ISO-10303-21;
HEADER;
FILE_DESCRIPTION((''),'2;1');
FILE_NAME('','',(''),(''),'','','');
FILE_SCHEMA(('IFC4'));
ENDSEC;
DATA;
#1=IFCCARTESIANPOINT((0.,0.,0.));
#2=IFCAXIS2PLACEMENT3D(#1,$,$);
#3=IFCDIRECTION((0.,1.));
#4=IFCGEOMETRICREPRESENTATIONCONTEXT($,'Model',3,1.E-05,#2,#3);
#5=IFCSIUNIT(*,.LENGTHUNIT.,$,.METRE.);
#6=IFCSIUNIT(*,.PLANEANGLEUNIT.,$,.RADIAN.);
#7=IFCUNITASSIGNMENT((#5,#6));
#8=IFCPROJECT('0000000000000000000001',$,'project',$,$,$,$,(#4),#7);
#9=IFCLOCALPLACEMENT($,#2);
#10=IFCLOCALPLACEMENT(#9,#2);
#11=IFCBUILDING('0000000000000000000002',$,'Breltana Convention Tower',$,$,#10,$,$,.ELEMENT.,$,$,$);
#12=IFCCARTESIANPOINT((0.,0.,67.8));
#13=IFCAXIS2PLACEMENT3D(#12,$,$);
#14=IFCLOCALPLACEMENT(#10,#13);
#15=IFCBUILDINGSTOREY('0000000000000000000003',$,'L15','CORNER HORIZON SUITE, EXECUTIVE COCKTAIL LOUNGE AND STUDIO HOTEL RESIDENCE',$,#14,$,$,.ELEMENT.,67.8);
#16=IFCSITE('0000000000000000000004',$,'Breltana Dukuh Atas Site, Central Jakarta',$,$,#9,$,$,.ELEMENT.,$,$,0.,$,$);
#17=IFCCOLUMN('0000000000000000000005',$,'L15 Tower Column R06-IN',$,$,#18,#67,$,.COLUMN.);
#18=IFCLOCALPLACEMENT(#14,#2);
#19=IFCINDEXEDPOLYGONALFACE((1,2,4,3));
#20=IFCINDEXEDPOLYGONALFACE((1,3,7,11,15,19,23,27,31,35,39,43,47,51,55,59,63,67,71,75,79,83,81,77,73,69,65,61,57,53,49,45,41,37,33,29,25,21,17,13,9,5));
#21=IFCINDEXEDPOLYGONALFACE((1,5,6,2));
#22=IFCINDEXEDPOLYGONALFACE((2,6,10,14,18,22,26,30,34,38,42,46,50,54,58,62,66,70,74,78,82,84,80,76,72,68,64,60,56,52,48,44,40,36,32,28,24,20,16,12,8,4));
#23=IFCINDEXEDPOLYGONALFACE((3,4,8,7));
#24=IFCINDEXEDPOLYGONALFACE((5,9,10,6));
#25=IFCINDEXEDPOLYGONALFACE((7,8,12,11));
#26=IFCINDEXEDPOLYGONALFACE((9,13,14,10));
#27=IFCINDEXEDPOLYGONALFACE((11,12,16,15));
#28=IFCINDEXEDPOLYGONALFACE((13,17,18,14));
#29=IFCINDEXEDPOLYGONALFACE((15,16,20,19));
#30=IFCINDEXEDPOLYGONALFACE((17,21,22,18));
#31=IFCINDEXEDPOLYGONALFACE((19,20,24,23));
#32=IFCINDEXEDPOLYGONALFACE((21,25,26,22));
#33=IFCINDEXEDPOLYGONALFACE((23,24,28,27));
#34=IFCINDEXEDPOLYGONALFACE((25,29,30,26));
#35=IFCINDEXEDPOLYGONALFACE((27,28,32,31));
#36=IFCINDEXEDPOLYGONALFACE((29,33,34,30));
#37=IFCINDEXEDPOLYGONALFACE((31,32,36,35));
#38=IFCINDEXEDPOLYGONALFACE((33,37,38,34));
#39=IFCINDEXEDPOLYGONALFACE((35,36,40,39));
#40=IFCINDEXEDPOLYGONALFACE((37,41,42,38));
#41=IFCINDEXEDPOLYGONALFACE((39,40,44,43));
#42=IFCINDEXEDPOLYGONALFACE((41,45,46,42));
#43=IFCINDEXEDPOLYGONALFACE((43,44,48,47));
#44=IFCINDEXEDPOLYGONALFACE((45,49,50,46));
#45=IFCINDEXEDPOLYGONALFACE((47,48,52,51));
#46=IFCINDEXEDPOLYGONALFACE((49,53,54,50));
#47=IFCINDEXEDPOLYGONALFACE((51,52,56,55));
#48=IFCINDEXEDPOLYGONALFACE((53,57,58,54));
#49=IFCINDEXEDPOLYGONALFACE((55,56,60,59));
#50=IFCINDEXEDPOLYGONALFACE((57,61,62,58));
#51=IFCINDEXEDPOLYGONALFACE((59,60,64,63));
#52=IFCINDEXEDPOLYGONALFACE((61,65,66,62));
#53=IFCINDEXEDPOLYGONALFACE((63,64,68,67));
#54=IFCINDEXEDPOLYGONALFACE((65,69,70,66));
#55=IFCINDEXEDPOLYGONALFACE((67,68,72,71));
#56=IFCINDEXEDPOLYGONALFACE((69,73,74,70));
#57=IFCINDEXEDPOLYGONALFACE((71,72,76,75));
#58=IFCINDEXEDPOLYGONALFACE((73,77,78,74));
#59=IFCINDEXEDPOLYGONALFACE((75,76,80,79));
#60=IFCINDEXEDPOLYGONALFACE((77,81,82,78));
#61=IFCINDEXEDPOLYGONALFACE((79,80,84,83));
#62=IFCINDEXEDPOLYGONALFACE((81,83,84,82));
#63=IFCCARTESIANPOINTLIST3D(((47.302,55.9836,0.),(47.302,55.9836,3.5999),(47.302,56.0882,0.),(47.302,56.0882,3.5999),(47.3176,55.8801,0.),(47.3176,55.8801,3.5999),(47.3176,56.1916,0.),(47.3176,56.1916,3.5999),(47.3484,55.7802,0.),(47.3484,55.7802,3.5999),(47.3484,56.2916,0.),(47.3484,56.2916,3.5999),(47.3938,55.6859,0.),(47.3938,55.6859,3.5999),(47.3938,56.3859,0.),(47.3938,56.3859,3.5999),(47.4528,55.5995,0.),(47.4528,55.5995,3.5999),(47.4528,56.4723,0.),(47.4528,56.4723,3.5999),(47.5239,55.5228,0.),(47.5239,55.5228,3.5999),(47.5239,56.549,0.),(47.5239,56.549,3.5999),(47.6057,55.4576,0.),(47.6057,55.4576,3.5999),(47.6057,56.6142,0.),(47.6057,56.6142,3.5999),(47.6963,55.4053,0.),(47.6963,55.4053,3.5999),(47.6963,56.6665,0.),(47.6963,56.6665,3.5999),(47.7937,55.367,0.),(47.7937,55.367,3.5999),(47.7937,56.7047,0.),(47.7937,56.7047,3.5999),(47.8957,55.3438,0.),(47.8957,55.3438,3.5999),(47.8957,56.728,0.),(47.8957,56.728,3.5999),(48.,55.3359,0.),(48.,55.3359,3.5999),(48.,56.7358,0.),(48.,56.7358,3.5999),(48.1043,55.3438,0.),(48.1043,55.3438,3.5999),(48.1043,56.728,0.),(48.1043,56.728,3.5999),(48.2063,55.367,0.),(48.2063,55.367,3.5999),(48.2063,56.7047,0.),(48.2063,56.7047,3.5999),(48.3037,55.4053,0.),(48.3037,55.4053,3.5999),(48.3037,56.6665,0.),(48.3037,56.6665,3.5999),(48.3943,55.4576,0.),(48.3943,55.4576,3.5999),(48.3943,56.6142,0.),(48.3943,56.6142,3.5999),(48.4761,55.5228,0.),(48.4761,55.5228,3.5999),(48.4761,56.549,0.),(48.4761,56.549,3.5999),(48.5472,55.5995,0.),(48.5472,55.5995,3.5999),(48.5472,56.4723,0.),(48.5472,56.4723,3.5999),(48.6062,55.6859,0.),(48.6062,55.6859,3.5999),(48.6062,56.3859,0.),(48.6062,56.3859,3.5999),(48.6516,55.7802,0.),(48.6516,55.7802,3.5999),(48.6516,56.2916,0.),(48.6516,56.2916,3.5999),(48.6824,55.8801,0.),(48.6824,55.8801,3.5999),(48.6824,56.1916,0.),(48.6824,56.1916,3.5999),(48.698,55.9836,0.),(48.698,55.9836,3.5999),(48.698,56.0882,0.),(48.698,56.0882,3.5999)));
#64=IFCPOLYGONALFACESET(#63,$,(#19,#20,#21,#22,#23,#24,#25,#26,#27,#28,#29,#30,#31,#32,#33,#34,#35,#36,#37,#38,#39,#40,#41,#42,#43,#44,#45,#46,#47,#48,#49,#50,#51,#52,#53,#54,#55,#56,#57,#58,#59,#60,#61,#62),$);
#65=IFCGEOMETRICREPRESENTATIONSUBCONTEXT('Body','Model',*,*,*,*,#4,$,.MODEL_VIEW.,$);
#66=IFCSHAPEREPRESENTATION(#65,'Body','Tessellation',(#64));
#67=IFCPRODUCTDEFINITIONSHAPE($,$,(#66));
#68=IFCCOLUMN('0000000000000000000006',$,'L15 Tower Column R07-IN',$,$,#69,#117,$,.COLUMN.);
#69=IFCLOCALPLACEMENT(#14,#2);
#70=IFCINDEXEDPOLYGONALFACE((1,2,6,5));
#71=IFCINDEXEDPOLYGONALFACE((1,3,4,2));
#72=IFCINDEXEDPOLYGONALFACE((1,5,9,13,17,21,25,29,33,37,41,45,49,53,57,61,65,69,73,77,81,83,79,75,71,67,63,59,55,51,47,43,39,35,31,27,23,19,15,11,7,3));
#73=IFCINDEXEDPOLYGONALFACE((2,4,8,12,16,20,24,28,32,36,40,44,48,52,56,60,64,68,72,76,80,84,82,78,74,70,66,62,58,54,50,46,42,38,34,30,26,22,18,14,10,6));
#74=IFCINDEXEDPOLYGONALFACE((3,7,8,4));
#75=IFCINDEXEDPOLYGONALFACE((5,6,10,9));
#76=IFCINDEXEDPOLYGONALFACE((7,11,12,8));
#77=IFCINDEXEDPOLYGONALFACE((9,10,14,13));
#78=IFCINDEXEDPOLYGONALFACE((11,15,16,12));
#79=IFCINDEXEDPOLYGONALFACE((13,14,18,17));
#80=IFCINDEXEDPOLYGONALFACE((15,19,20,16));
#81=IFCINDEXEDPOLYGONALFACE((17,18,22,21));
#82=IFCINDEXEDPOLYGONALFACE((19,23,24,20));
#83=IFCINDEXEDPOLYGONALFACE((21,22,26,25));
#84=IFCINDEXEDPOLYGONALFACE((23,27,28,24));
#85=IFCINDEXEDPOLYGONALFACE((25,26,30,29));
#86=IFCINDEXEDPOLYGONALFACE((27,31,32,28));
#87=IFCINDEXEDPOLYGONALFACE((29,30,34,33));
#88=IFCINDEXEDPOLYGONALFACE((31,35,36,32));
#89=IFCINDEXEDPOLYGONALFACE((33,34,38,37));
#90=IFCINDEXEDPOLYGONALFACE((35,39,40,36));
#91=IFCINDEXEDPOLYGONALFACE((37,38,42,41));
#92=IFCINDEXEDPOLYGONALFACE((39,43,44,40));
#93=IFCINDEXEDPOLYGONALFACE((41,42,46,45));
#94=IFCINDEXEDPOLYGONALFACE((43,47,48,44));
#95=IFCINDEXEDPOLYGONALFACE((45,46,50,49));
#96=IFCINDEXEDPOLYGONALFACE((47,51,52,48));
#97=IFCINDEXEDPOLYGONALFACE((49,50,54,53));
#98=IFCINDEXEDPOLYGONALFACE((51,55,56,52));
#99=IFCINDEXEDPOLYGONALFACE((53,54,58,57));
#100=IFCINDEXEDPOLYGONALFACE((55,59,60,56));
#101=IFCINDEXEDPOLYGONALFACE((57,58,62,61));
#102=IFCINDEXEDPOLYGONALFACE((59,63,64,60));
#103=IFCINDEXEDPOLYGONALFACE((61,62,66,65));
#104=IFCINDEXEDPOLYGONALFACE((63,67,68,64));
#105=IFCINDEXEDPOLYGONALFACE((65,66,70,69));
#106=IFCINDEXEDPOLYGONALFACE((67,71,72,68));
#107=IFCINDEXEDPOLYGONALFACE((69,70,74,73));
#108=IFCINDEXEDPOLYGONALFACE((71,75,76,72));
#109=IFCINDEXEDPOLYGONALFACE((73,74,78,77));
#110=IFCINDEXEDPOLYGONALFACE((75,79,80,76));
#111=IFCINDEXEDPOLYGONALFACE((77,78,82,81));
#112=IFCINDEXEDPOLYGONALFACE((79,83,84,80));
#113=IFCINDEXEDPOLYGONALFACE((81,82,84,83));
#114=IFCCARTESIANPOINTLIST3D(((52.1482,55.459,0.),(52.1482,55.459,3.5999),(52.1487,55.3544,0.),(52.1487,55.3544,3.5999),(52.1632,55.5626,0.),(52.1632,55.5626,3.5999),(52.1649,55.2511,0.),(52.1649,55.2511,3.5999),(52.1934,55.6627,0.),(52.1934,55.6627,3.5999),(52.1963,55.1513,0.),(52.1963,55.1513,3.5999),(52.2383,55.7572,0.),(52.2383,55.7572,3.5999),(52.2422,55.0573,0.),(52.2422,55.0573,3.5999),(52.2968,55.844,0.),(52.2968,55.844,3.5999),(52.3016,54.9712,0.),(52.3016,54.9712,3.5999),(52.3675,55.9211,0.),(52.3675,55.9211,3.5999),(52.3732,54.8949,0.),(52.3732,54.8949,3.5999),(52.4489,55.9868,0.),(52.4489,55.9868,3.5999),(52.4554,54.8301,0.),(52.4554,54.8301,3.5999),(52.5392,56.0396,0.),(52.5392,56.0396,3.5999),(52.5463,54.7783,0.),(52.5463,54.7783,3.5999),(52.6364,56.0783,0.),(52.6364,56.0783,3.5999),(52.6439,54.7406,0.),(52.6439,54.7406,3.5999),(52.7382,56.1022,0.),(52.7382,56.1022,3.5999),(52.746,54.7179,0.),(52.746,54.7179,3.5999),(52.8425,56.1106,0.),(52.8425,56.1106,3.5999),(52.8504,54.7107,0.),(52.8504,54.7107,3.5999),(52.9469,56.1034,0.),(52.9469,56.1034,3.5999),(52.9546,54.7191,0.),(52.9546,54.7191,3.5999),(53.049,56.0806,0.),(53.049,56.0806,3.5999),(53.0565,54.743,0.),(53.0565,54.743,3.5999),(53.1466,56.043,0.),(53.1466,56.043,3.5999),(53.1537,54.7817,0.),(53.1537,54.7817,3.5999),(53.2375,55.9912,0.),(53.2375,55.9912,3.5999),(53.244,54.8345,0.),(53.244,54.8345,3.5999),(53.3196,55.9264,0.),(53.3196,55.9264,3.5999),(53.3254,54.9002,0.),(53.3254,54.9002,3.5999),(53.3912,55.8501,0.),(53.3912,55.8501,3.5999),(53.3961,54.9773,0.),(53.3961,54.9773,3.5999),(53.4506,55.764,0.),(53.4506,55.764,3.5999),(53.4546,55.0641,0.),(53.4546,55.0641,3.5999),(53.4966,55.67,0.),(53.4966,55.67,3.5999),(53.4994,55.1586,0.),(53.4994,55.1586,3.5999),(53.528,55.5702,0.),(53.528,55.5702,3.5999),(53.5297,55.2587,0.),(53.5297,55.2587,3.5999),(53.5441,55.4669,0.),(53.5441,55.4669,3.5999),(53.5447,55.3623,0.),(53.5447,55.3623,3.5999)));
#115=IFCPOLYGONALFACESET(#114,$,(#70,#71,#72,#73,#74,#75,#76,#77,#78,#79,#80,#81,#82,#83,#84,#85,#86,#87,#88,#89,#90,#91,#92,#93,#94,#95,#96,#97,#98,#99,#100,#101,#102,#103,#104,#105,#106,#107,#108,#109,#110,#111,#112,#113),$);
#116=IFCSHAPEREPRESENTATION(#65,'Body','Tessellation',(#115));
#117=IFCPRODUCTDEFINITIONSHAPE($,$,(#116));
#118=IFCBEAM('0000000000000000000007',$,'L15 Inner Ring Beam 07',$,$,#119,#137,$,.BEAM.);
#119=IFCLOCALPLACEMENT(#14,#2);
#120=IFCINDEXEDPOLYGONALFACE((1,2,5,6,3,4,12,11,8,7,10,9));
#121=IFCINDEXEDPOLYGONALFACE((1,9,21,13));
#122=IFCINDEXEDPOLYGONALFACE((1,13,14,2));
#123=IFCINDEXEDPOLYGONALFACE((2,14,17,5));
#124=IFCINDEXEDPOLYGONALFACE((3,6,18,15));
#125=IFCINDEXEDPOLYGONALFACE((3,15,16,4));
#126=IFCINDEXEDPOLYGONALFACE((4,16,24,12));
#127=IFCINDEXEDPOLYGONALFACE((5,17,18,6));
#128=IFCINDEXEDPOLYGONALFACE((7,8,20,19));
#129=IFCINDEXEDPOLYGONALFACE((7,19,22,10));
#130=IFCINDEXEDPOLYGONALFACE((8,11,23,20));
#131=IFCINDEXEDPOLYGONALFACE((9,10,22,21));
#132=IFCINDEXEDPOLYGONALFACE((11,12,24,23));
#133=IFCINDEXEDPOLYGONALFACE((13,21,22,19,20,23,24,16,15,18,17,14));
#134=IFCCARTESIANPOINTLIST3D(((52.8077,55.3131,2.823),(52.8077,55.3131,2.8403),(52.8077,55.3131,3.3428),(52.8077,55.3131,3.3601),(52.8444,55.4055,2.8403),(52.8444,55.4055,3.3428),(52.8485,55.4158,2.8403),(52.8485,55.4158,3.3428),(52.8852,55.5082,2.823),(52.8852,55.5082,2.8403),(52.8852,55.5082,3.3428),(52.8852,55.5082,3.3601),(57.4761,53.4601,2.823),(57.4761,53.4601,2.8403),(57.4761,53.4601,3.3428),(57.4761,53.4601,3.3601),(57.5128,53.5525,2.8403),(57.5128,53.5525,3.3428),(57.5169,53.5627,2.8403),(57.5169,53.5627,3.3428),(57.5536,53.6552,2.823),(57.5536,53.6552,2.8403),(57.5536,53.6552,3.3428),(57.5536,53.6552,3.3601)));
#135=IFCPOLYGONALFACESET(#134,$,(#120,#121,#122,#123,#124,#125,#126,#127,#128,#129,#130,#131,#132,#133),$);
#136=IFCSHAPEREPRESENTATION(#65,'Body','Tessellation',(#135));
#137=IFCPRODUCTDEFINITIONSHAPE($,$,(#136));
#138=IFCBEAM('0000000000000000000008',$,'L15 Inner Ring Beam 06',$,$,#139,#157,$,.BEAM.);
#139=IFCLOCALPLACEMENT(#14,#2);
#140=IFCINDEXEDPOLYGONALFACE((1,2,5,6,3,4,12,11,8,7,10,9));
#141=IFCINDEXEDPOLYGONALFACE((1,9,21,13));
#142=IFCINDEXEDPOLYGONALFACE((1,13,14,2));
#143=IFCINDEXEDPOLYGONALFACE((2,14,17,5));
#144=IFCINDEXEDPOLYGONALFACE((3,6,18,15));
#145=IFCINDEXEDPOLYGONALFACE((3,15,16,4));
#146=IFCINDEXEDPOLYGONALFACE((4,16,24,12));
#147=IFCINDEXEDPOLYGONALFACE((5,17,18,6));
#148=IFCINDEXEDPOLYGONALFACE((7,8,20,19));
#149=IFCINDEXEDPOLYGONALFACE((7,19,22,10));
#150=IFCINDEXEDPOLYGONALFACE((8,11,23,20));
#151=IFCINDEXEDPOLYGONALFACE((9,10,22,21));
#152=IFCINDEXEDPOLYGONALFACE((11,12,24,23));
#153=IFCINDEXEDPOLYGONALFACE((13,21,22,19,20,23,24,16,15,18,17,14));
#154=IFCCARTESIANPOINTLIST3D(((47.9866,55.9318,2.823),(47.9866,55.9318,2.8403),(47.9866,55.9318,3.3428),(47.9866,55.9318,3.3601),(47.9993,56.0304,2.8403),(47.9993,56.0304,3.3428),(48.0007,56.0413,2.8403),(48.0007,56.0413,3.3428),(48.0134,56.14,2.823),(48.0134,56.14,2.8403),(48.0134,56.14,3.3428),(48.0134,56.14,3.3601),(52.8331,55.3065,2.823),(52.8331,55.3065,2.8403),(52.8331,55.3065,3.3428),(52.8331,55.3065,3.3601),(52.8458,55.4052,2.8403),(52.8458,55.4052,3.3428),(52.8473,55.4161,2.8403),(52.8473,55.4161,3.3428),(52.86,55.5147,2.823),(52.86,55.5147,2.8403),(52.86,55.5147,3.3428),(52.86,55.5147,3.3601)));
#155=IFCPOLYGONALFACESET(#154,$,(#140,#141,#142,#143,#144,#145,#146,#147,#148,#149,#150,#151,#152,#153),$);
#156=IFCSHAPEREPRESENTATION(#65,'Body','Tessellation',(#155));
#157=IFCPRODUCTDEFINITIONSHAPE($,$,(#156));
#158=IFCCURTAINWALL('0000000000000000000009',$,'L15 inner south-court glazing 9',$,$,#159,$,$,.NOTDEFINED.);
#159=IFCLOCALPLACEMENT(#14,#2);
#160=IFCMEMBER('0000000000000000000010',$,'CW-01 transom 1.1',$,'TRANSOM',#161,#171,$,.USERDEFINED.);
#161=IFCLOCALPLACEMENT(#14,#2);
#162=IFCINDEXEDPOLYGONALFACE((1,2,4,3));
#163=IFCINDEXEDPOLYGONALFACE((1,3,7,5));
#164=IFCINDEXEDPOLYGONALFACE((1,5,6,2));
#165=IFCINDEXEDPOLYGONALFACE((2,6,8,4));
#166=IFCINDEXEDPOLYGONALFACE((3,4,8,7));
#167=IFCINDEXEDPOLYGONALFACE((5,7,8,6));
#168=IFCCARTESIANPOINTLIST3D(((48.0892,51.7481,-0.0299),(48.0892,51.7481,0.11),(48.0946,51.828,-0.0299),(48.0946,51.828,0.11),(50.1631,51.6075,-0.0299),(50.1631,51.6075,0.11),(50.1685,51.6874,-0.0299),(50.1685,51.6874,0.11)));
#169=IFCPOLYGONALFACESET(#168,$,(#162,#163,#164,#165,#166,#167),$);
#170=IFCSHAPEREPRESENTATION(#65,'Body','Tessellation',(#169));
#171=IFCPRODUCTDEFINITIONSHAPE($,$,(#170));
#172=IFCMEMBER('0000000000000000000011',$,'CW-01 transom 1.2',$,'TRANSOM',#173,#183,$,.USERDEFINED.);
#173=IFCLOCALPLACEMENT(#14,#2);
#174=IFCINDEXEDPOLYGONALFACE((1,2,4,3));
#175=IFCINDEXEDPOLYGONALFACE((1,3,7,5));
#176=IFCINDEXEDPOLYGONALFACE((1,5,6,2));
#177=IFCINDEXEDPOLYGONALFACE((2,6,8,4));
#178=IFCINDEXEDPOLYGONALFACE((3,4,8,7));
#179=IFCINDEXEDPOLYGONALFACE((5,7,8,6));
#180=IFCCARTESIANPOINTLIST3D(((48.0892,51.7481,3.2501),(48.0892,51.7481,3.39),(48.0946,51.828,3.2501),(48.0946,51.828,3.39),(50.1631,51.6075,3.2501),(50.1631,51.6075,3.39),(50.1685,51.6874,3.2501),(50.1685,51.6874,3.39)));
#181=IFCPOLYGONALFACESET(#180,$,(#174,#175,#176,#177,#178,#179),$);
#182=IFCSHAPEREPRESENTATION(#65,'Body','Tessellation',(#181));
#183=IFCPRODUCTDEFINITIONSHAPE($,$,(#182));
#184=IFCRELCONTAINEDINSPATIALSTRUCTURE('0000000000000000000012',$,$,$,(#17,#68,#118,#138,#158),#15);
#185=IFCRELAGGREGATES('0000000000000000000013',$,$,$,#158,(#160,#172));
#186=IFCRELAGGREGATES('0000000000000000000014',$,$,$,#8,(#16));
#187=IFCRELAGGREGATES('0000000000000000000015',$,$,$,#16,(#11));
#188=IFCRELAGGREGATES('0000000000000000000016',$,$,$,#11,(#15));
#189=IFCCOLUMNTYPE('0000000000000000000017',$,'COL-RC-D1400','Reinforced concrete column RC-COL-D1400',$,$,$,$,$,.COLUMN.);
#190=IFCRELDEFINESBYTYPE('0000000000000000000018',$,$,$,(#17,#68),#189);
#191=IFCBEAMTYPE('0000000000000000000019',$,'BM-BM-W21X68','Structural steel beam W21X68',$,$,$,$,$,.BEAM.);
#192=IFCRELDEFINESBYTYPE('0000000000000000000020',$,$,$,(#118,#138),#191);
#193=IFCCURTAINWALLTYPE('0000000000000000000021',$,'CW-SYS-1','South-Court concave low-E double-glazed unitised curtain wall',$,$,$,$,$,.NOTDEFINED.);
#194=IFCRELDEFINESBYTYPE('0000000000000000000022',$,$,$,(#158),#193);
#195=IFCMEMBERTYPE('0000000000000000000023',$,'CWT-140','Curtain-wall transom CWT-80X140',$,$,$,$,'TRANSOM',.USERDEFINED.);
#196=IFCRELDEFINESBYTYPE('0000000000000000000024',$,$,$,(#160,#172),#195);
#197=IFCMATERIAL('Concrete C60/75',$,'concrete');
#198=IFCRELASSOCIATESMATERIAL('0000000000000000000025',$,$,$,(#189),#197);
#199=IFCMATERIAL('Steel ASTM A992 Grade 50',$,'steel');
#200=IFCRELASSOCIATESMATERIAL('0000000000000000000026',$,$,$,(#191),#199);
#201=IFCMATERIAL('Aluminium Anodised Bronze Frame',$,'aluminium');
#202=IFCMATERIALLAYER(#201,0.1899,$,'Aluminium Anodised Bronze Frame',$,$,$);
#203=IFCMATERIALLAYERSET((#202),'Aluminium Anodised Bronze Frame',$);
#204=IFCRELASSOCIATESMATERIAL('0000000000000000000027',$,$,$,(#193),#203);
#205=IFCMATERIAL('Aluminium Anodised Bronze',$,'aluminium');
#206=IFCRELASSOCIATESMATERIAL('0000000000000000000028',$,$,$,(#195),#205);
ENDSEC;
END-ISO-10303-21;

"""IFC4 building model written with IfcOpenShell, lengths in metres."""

from ifc_helpers import new_model, si_unit, direction, frame, origin, origin_2d, place, context, subcontext, project, spatial, rectangle, circle, i_section, extrude, source, transform, mapped, material, layer, layer_set, material_profile, profile_set, type_object, element, aggregate, save


model = new_model("IFC4")

# Units and contexts
model_context = context("Model", 3, precision=1e-05, world=origin(), true_north=direction((0.0, 1.0)))
body_context = subcontext(model_context, "Body", "Model", "MODEL_VIEW")
ifc_project = project(units=[si_unit("LENGTHUNIT", "METRE"), si_unit("PLANEANGLEUNIT", "RADIAN")], contexts=[model_context])

# Site, building, storey
site_placement = place(None, origin())
site = spatial("IfcSite", under=ifc_project, at=site_placement, Name="Breltana Dukuh Atas Site, Central Jakarta", CompositionType="ELEMENT", RefElevation=0.0)
building_placement = place(site_placement, origin())
building = spatial("IfcBuilding", under=site, at=building_placement, Name="Breltana Convention Tower", CompositionType="ELEMENT")
storey_placement = place(building_placement, frame((0.0, 0.0, 67.8)))
storey = spatial("IfcBuildingStorey", under=building, at=storey_placement, Name="L15", Description="CORNER HORIZON SUITE, EXECUTIVE COCKTAIL LOUNGE AND STUDIO HOTEL RESIDENCE", CompositionType="ELEMENT", Elevation=67.8)

# Columns
ifc_material_1 = material(Name="Concrete C60/75", Category="concrete")
ifc_material_profile_1 = material_profile(ifc_material_1, circle(Radius=0.7, at=origin_2d()), Name="RC-COL-D1400")
ifc_profile_set_1 = profile_set([ifc_material_profile_1], Name="Concrete C60/75")
column_type = type_object("IfcColumnType", Name="COL-RC-D1400", Description="Reinforced concrete column RC-COL-D1400", PredefinedType="COLUMN", material=ifc_profile_set_1)
shared_shape_1 = source(origin(), body_context, "Body", "SweptSolid", [
    extrude(circle(Radius=0.7, at=origin_2d()), origin(), (0.0, 0.0, 1.0), 3.5999),
])
for number, where, z_axis, x_axis, name in (
    (1, (48.0, 56.0359, 0.0), (0.0, 0.0, 1.0), (0.0, 1.0, 0.0), "L15 Tower Column R06-IN"),
    (2, (52.8464, 55.4106, 0.0), (0.0, 0.0, 1.0), (0.143493, 0.989651, 0.0), "L15 Tower Column R07-IN"),
):
    element("IfcColumn", number, at=place(storey_placement, frame(where, z_axis=z_axis, x_axis=x_axis)), inside=storey, type_object=column_type, Name=name, PredefinedType="COLUMN", context=body_context, shape_type="MappedRepresentation", body=[
        mapped(shared_shape_1, transform((0.0, 0.0, 0.0), scale=1.0)),
    ])

# Beams
ifc_material_2 = material(Name="Steel ASTM A992 Grade 50", Category="steel")
ifc_material_profile_2 = material_profile(ifc_material_2, i_section(OverallWidth=0.21, OverallDepth=0.5371, WebThickness=0.011, FlangeThickness=0.0173, at=origin_2d()), Name="W21X68")
ifc_profile_set_2 = profile_set([ifc_material_profile_2], Name="Steel ASTM A992 Grade 50")
beam_type = type_object("IfcBeamType", Name="BM-BM-W21X68", Description="Structural steel beam W21X68", PredefinedType="BEAM", material=ifc_profile_set_2)
shared_shape_2 = source(origin(), body_context, "Body", "SweptSolid", [
    extrude(i_section(OverallWidth=0.21, OverallDepth=0.5371, WebThickness=0.011, FlangeThickness=0.0173, at=origin_2d()), origin(), (0.0, 0.0, 1.0), 5.0227),
])
beam_1_placement = place(storey_placement, frame((52.8464, 55.4106, 3.0916), z_axis=(0.929459, -0.368926, 0.0), x_axis=(0.368926, 0.929459, 0.0)))
element("IfcBeam", 3, at=beam_1_placement, inside=storey, type_object=beam_type, Name="L15 Inner Ring Beam 07", PredefinedType="BEAM", context=body_context, shape_type="MappedRepresentation", body=[
    mapped(shared_shape_2, transform((0.0, 0.0, 0.0), scale=1.0)),
])
shared_shape_3 = source(origin(), body_context, "Body", "SweptSolid", [
    extrude(i_section(OverallWidth=0.21, OverallDepth=0.5371, WebThickness=0.011, FlangeThickness=0.0173, at=origin_2d()), origin(), (0.0, 0.0, 1.0), 4.8867),
])
beam_2_placement = place(storey_placement, frame((48.0, 56.0359, 3.0916), z_axis=(0.991781, -0.127951, 0.0), x_axis=(0.127951, 0.991781, 0.0)))
element("IfcBeam", 4, at=beam_2_placement, inside=storey, type_object=beam_type, Name="L15 Inner Ring Beam 06", PredefinedType="BEAM", context=body_context, shape_type="MappedRepresentation", body=[
    mapped(shared_shape_3, transform((0.0, 0.0, 0.0), scale=1.0)),
])

# Curtain wall, members
ifc_material_3 = material(Name="Aluminium Anodised Bronze Frame", Category="aluminium")
ifc_layer_1 = layer(ifc_material_3, 0.1899, Name="Aluminium Anodised Bronze Frame")
ifc_layer_set_1 = layer_set([ifc_layer_1], Name="Aluminium Anodised Bronze Frame")
curtain_wall_type = type_object("IfcCurtainWallType", Name="CW-SYS-1", Description="South-Court concave low-E double-glazed unitised curtain wall", PredefinedType="NOTDEFINED", material=ifc_layer_set_1)
curtain_wall_1_placement = place(storey_placement, origin())
curtain_wall_1 = element("IfcCurtainWall", 5, at=curtain_wall_1_placement, inside=storey, type_object=curtain_wall_type, Name="L15 inner south-court glazing 9", PredefinedType="NOTDEFINED")
ifc_material_4 = material(Name="Aluminium Anodised Bronze", Category="aluminium")
ifc_material_profile_3 = material_profile(ifc_material_4, rectangle(XDim=0.0801, YDim=0.1399, at=origin_2d()), Name="CWT-80X140")
ifc_profile_set_3 = profile_set([ifc_material_profile_3], Name="Aluminium Anodised Bronze")
member_type_1 = type_object("IfcMemberType", Name="CWT-140", Description="Curtain-wall transom CWT-80X140", ElementType="TRANSOM", PredefinedType="USERDEFINED", material=ifc_profile_set_3)
shared_shape_4 = source(origin(), body_context, "Body", "SweptSolid", [
    extrude(rectangle(XDim=0.0801, YDim=0.1399, at=origin_2d()), origin(), (0.0, 0.0, 1.0), 2.0786),
])
member_1_placement = place(storey_placement, frame((50.1658, 51.6475, 0.04), z_axis=(-0.997709, 0.067657, 0.0), x_axis=(-0.067657, -0.997709, 0.0)))
member_1 = element("IfcMember", 6, at=member_1_placement, type_object=member_type_1, Name="CW-01 transom 1.1", ObjectType="TRANSOM", PredefinedType="USERDEFINED", context=body_context, shape_type="MappedRepresentation", body=[
    mapped(shared_shape_4, transform((0.0, 0.0, 0.0), scale=1.0)),
])
member_2_placement = place(storey_placement, frame((50.1658, 51.6475, 3.3201), z_axis=(-0.997709, 0.067657, 0.0), x_axis=(-0.067657, -0.997709, 0.0)))
member_2 = element("IfcMember", 7, at=member_2_placement, type_object=member_type_1, Name="CW-01 transom 1.2", ObjectType="TRANSOM", PredefinedType="USERDEFINED", context=body_context, shape_type="MappedRepresentation", body=[
    mapped(shared_shape_4, transform((0.0, 0.0, 0.0), scale=1.0)),
])

aggregate(curtain_wall_1, [member_1, member_2])

save(model, "model.ifc")
